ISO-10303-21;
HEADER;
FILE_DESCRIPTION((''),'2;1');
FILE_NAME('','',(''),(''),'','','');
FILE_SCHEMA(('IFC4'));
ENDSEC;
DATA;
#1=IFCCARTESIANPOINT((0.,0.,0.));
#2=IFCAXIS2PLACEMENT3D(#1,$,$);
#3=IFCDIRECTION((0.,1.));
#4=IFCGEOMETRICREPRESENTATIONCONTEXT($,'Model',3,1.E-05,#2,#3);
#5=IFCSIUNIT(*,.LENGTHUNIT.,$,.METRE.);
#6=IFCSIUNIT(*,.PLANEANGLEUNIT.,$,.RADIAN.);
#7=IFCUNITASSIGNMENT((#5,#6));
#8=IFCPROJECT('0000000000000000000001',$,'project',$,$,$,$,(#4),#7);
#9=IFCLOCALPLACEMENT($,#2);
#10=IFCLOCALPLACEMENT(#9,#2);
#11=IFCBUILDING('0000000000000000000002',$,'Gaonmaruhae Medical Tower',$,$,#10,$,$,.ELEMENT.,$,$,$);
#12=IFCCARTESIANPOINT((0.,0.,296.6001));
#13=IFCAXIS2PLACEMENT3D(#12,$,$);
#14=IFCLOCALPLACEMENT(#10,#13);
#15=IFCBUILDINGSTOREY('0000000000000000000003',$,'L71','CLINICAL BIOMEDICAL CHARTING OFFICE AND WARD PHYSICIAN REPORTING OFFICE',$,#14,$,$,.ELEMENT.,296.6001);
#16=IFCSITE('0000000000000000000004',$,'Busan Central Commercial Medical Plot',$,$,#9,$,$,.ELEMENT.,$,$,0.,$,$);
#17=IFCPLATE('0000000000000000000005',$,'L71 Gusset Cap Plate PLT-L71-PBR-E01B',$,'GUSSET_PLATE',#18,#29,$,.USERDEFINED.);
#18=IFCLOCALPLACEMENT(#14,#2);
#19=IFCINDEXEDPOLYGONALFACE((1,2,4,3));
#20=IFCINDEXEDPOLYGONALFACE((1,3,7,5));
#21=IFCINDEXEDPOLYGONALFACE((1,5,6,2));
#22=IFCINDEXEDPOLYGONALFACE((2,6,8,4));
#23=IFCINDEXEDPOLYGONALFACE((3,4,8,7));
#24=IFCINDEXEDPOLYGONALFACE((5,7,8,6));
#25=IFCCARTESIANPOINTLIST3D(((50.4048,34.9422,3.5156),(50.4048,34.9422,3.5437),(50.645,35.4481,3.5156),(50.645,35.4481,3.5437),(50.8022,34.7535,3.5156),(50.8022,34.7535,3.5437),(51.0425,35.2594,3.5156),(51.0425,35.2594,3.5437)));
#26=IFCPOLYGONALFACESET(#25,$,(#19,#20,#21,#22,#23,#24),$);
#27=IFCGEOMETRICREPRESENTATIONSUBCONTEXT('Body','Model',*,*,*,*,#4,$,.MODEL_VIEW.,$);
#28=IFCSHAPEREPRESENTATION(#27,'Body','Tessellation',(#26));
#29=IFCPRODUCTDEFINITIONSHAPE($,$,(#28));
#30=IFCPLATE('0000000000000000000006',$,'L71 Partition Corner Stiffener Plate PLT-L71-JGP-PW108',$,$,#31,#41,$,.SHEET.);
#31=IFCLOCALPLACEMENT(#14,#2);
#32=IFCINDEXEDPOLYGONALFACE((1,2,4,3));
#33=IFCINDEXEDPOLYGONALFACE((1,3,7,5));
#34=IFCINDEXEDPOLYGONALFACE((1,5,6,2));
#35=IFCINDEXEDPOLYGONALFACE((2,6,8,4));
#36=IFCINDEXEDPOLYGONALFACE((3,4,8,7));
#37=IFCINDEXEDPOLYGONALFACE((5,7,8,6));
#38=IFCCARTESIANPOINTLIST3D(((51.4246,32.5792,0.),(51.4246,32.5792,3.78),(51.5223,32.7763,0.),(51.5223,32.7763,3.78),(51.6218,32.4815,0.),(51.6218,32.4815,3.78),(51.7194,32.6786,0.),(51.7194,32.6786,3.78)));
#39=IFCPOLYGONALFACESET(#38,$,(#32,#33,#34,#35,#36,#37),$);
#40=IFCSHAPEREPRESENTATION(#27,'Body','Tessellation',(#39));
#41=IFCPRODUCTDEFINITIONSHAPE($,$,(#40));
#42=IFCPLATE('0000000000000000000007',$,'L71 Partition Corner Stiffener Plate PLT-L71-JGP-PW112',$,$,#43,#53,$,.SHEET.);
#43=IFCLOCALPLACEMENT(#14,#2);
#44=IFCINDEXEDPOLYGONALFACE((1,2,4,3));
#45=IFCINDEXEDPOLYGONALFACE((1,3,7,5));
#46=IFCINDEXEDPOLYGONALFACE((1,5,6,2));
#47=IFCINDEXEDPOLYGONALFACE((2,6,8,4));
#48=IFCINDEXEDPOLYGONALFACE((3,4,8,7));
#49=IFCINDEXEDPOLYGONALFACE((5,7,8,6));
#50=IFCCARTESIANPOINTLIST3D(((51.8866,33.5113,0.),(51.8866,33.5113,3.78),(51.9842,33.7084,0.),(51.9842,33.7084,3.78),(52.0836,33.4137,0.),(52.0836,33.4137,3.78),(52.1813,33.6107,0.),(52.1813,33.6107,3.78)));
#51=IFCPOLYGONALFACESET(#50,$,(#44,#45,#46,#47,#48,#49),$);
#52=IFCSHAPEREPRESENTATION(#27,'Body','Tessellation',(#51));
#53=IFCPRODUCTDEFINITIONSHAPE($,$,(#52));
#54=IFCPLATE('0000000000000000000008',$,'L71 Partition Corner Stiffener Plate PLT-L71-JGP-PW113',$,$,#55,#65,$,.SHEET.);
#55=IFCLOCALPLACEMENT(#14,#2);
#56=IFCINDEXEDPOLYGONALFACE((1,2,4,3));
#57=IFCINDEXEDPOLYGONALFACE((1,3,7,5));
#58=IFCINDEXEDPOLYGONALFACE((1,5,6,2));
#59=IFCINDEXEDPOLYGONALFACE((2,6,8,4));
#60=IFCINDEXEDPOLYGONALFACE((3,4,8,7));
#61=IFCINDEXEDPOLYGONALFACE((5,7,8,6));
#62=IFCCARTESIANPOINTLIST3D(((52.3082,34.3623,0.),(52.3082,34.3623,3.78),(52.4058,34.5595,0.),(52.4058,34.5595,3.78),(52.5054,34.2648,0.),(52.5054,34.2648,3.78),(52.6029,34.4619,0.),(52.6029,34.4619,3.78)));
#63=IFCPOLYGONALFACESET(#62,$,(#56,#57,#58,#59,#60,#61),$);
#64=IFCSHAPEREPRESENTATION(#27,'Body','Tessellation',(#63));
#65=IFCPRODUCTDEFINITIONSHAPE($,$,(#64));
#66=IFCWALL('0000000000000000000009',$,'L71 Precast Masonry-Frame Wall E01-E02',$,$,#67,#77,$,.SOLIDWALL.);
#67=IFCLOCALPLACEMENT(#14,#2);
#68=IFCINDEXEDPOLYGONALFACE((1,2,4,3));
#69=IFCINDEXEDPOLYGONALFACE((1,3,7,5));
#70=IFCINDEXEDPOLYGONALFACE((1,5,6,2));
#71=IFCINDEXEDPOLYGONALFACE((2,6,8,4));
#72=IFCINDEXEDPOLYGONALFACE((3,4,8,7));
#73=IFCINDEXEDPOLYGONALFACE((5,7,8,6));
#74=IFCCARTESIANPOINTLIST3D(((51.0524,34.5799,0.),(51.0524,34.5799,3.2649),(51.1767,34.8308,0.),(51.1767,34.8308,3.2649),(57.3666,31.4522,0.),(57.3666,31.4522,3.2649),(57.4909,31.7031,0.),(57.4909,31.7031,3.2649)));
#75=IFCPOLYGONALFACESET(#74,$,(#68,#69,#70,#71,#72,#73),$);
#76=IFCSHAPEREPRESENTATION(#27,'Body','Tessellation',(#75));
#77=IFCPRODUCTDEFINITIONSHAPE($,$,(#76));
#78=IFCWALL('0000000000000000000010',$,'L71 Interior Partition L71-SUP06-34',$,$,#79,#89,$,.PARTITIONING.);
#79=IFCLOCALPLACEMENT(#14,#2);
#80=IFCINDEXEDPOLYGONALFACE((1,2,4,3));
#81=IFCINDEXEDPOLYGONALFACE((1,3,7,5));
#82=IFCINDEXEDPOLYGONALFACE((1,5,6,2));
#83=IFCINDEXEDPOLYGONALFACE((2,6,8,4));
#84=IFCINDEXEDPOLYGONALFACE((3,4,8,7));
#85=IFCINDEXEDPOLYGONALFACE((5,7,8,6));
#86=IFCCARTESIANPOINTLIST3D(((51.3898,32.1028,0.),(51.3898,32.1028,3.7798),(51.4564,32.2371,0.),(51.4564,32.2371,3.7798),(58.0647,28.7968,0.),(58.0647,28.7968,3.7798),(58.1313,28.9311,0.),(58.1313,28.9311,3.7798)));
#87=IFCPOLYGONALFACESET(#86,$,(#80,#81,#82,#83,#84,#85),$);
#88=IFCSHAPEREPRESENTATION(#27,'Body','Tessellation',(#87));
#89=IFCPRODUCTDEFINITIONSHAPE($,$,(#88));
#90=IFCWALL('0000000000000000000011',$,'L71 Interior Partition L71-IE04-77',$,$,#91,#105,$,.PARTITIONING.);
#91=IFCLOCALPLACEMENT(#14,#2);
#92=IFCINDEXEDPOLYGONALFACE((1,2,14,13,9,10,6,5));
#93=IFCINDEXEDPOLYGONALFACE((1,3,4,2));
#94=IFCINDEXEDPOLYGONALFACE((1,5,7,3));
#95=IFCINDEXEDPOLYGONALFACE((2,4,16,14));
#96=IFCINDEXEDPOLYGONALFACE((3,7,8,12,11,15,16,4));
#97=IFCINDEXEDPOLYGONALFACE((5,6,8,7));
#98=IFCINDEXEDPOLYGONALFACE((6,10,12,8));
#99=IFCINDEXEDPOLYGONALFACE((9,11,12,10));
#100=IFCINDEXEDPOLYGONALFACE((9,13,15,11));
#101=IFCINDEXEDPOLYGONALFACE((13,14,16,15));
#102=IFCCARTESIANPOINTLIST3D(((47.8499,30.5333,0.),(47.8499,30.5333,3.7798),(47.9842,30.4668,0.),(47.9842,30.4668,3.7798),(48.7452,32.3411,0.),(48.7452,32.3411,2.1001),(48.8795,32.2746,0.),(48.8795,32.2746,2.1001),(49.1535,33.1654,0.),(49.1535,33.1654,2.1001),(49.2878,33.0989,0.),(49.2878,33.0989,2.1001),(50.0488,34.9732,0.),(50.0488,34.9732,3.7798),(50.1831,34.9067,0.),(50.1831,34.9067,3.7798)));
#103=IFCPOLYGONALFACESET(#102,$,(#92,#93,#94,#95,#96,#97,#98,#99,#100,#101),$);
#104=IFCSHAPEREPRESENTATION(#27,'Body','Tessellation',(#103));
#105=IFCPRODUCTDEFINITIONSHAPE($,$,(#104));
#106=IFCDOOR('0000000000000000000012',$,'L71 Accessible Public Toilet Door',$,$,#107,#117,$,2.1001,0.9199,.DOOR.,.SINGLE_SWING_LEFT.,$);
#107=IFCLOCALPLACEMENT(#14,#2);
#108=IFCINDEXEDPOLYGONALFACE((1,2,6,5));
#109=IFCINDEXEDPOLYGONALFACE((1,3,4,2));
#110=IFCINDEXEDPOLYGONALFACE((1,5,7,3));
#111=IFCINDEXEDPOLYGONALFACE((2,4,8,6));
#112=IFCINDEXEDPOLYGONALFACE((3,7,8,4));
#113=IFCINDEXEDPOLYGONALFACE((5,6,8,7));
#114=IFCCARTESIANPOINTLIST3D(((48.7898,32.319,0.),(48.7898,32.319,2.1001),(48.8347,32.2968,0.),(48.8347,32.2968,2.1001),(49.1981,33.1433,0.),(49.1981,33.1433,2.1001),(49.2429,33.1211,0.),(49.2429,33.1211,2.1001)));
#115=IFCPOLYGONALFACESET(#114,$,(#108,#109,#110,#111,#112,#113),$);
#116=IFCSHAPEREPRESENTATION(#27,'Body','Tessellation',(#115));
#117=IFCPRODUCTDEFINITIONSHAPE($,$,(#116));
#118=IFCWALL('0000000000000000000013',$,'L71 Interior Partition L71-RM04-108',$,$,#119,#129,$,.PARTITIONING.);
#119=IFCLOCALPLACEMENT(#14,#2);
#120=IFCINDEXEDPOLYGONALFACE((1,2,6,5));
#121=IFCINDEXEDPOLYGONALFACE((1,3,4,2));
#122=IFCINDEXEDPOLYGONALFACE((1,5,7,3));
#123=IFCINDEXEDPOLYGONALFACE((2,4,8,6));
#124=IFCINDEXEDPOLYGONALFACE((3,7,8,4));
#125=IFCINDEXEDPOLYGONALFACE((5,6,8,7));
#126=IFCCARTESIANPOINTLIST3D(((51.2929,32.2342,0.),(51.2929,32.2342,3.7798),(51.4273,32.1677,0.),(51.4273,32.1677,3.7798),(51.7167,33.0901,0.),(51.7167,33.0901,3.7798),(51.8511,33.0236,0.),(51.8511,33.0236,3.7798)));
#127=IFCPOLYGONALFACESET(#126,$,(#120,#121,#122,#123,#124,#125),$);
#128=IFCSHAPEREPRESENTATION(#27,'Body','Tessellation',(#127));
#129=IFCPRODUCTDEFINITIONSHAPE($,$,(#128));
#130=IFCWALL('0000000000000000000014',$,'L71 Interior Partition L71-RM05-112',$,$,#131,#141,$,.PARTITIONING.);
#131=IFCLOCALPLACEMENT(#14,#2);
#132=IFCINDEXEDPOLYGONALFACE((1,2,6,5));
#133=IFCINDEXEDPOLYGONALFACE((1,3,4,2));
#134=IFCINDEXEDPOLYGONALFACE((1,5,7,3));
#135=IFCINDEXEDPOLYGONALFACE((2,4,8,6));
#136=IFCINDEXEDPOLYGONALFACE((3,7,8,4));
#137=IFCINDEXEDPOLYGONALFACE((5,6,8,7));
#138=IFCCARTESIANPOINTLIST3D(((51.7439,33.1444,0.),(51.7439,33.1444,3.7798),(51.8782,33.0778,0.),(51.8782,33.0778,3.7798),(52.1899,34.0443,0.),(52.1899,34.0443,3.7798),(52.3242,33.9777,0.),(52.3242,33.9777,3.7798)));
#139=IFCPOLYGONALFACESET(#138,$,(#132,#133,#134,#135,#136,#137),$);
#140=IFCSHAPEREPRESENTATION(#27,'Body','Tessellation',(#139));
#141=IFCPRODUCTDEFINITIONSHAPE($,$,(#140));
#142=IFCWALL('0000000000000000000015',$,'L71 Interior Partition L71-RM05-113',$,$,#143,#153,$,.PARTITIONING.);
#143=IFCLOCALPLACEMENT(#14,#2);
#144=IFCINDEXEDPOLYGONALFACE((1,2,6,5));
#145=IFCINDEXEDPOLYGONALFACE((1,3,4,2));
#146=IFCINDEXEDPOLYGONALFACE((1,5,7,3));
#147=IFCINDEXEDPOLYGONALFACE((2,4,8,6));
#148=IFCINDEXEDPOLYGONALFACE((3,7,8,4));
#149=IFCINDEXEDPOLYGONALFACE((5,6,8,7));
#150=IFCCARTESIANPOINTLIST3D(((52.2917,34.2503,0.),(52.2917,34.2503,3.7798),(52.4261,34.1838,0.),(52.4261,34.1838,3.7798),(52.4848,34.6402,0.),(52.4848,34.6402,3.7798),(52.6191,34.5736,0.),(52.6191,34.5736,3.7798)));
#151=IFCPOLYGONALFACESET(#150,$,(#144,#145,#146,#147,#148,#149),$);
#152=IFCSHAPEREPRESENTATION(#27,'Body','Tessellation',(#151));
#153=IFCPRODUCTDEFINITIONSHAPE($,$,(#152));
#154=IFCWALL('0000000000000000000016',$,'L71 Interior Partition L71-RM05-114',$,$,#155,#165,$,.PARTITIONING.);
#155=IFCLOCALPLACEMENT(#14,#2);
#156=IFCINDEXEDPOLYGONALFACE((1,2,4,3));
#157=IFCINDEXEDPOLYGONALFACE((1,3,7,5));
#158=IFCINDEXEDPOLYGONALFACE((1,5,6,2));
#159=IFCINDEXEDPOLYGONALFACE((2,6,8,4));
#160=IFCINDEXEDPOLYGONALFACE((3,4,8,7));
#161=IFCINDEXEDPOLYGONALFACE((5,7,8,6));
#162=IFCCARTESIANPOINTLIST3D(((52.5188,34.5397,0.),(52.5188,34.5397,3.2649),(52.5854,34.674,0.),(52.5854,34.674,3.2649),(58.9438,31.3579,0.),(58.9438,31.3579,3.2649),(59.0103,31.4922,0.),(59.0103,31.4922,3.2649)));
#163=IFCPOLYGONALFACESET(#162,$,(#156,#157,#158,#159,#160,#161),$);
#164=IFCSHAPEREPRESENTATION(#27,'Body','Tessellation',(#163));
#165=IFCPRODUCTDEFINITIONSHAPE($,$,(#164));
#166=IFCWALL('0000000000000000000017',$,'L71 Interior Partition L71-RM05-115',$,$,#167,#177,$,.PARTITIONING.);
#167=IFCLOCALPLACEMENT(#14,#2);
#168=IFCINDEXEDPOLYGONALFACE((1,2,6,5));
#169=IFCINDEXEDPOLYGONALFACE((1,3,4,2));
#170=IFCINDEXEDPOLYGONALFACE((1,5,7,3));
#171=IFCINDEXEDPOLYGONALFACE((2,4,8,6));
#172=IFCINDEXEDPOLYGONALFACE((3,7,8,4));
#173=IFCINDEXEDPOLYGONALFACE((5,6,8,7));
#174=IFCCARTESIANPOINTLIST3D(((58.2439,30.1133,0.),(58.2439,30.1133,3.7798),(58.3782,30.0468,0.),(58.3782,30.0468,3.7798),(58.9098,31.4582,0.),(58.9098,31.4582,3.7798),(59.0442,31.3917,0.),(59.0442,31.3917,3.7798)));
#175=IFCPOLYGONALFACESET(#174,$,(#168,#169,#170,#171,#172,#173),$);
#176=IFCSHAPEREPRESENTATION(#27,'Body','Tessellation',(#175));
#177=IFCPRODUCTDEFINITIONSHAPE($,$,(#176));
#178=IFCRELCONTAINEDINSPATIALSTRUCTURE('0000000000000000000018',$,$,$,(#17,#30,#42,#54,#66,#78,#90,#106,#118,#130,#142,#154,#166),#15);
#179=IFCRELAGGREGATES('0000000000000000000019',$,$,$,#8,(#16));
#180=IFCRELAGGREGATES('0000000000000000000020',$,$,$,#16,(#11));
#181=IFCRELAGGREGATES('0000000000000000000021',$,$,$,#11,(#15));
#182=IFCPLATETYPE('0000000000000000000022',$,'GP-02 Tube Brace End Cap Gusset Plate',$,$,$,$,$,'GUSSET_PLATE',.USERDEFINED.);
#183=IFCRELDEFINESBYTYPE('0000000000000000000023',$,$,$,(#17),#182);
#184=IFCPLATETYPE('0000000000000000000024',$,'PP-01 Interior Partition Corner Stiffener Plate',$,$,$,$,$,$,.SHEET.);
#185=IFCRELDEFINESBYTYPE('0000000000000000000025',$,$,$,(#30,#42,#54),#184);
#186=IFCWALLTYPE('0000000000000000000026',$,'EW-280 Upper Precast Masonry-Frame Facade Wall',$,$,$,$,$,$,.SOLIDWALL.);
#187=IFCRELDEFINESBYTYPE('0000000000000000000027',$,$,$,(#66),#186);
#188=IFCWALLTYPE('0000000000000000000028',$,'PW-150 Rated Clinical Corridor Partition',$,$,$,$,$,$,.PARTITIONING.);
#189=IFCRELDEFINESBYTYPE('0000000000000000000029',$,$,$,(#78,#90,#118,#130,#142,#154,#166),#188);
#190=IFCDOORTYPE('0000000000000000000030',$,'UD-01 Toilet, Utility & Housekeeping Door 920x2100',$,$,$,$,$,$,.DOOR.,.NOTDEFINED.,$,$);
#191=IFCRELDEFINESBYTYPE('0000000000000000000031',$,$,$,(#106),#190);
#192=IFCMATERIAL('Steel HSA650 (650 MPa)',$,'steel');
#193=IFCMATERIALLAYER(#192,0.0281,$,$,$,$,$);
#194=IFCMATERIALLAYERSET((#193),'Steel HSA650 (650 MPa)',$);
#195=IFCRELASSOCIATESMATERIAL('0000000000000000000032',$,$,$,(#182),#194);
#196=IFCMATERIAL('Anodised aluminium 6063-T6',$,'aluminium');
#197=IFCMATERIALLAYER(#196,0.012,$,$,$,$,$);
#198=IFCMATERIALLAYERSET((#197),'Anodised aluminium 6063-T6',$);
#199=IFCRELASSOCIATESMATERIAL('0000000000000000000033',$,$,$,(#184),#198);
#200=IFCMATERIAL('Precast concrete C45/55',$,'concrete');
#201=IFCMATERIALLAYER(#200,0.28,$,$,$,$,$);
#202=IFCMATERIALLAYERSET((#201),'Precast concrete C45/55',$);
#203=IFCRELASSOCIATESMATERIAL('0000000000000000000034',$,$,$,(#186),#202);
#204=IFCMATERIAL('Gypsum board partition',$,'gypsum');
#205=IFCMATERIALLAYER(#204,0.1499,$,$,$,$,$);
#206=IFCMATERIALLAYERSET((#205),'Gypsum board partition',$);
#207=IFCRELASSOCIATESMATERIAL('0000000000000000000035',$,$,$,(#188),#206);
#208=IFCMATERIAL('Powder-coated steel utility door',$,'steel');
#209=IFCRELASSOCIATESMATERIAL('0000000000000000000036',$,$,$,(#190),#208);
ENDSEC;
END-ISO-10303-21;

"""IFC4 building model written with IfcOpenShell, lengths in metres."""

from ifc_helpers import new_model, si_unit, direction, frame, frame_2d, origin, origin_2d, place, context, subcontext, project, spatial, rectangle, extrude, material, layer, layer_set, type_object, element, fill, save


model = new_model("IFC4")

# Units and contexts
model_context = context("Model", 3, precision=1e-05, world=origin(), true_north=direction((0.0, 1.0)))
body_context = subcontext(model_context, "Body", "Model", "MODEL_VIEW")
ifc_project = project(units=[si_unit("LENGTHUNIT", "METRE"), si_unit("PLANEANGLEUNIT", "RADIAN")], contexts=[model_context])

# Site, building, storey
site_placement = place(None, origin())
site = spatial("IfcSite", under=ifc_project, at=site_placement, Name="Busan Central Commercial Medical Plot", CompositionType="ELEMENT", RefElevation=0.0)
building_placement = place(site_placement, origin())
building = spatial("IfcBuilding", under=site, at=building_placement, Name="Gaonmaruhae Medical Tower", CompositionType="ELEMENT")
storey_placement = place(building_placement, frame((0.0, 0.0, 296.6001)))
storey = spatial("IfcBuildingStorey", under=building, at=storey_placement, Name="L71", Description="CLINICAL BIOMEDICAL CHARTING OFFICE AND WARD PHYSICIAN REPORTING OFFICE", CompositionType="ELEMENT", Elevation=296.6001)

# Plates
ifc_material_1 = material(Name="Steel HSA650 (650 MPa)", Category="steel")
ifc_layer_1 = layer(ifc_material_1, 0.0281)
ifc_layer_set_1 = layer_set([ifc_layer_1], Name="Steel HSA650 (650 MPa)")
plate_type_1 = type_object("IfcPlateType", Name="GP-02 Tube Brace End Cap Gusset Plate", ElementType="GUSSET_PLATE", PredefinedType="USERDEFINED", material=ifc_layer_set_1)
for number, where, z_axis, x_axis, name in (
    (1, (50.7236, 35.1008, 3.5156), (0.0, 0.0, 1.0), (0.428935, 0.903335, 0.0), "L71 Gusset Cap Plate PLT-L71-PBR-E01B"),
):
    element("IfcPlate", number, at=place(storey_placement, frame(where, z_axis=z_axis, x_axis=x_axis)), inside=storey, type_object=plate_type_1, Name=name, ObjectType="GUSSET_PLATE", PredefinedType="USERDEFINED", context=body_context, shape_type="SweptSolid", body=[
        extrude(rectangle(XDim=0.5601, YDim=0.4399, at=origin_2d()), origin(), (0.0, 0.0, 1.0), 0.0281),
    ])
ifc_material_2 = material(Name="Anodised aluminium 6063-T6", Category="aluminium")
ifc_layer_2 = layer(ifc_material_2, 0.012)
ifc_layer_set_2 = layer_set([ifc_layer_2], Name="Anodised aluminium 6063-T6")
plate_type_2 = type_object("IfcPlateType", Name="PP-01 Interior Partition Corner Stiffener Plate", PredefinedType="SHEET", material=ifc_layer_set_2)
for number, where, z_axis, x_axis, name in (
    (2, (51.572, 32.6289, 0.0), (0.0, 0.0, 1.0), (0.443853, 0.896099, 0.0), "L71 Partition Corner Stiffener Plate PLT-L71-JGP-PW108"),
    (3, (52.0339, 33.561, 0.0), (0.0, 0.0, 1.0), (0.444025, 0.896014, 0.0), "L71 Partition Corner Stiffener Plate PLT-L71-JGP-PW112"),
    (4, (52.4556, 34.4121, 0.0), (0.0, 0.0, 1.0), (0.443541, 0.896254, 0.0), "L71 Partition Corner Stiffener Plate PLT-L71-JGP-PW113"),
):
    element("IfcPlate", number, at=place(storey_placement, frame(where, z_axis=z_axis, x_axis=x_axis)), inside=storey, type_object=plate_type_2, Name=name, PredefinedType="SHEET", context=body_context, shape_type="SweptSolid", body=[
        extrude(rectangle(XDim=0.22, YDim=0.22, at=origin_2d()), origin(), (0.0, 0.0, 1.0), 3.78),
    ])

# Walls
ifc_material_3 = material(Name="Precast concrete C45/55", Category="concrete")
ifc_layer_3 = layer(ifc_material_3, 0.28)
ifc_layer_set_3 = layer_set([ifc_layer_3], Name="Precast concrete C45/55")
wall_type_1 = type_object("IfcWallType", Name="EW-280 Upper Precast Masonry-Frame Facade Wall", PredefinedType="SOLIDWALL", material=ifc_layer_set_3)
wall_1_placement = place(storey_placement, frame((51.1145, 34.7053, 0.0), z_axis=(0.0, 0.0, 1.0), x_axis=(0.896091, -0.44387, 0.0)))
element("IfcWall", 5, at=wall_1_placement, inside=storey, type_object=wall_type_1, Name="L71 Precast Masonry-Frame Wall E01-E02", PredefinedType="SOLIDWALL", context=body_context, shape_type="SweptSolid", body=[
    extrude(rectangle(XDim=7.0464, YDim=0.28, at=frame_2d((3.5232, 0.0))), origin(), (0.0, 0.0, 1.0), 3.2649),
])
ifc_material_4 = material(Name="Gypsum board partition", Category="gypsum")
ifc_layer_4 = layer(ifc_material_4, 0.1499)
ifc_layer_set_4 = layer_set([ifc_layer_4], Name="Gypsum board partition")
wall_type_2 = type_object("IfcWallType", Name="PW-150 Rated Clinical Corridor Partition", PredefinedType="PARTITIONING", material=ifc_layer_set_4)
wall_2_placement = place(storey_placement, frame((51.4231, 32.1699, 0.0), z_axis=(0.0, 0.0, 1.0), x_axis=(0.896112, -0.443828, 0.0)))
element("IfcWall", 6, at=wall_2_placement, inside=storey, type_object=wall_type_2, Name="L71 Interior Partition L71-SUP06-34", PredefinedType="PARTITIONING", context=body_context, shape_type="SweptSolid", body=[
    extrude(rectangle(XDim=7.4487, YDim=0.1499, at=frame_2d((3.7244, 0.0))), origin(), (0.0, 0.0, 1.0), 3.7798),
])

# Wall, opening, door
wall_3_placement = place(storey_placement, frame((50.116, 34.9399, 0.0), z_axis=(0.0, 0.0, 1.0), x_axis=(-0.44382, -0.896116, 0.0)))
wall_3 = element("IfcWall", 7, at=wall_3_placement, inside=storey, type_object=wall_type_2, Name="L71 Interior Partition L71-IE04-77", PredefinedType="PARTITIONING", context=body_context, shape_type="SweptSolid", body=[
    extrude(rectangle(XDim=4.9546, YDim=0.1499, at=frame_2d((2.4773, 0.0))), origin(), (0.0, 0.0, 1.0), 3.7798),
])
opening_placement = place(wall_3_placement, frame((2.0173, 0.0, 0.0)))
opening = element("IfcOpeningElement", 8, at=opening_placement, cuts=wall_3, PredefinedType="OPENING", context=body_context, shape_type="SweptSolid", body=[
    extrude(rectangle(XDim=0.9199, YDim=2.1001, at=frame_2d((0.46, 1.05))), frame((0.0, 0.085, 0.0), z_axis=(0.0, -1.0, 0.0), x_axis=(1.0, 0.0, 0.0)), (0.0, 0.0, 1.0), 0.1699),
])
ifc_material_5 = material(Name="Powder-coated steel utility door", Category="steel")
door_type = type_object("IfcDoorType", Name="UD-01 Toilet, Utility & Housekeeping Door 920x2100", OperationType="NOTDEFINED", PredefinedType="DOOR", material=ifc_material_5)
door_placement = place(opening_placement, origin())
door = element("IfcDoor", 9, at=door_placement, inside=storey, type_object=door_type, Name="L71 Accessible Public Toilet Door", OperationType="SINGLE_SWING_LEFT", OverallHeight=2.1001, OverallWidth=0.9199, PredefinedType="DOOR", context=body_context, shape_type="SweptSolid", body=[
    extrude(rectangle(XDim=0.9199, YDim=2.1001, at=frame_2d((0.46, 1.05))), frame((0.0, 0.0249, 0.0), z_axis=(0.0, -1.0, 0.0), x_axis=(1.0, 0.0, 0.0)), (0.0, 0.0, 1.0), 0.05),
])
fill(opening, door)

# Walls
wall_4_placement = place(storey_placement, frame((51.3601, 32.2009, 0.0), z_axis=(0.0, 0.0, 1.0), x_axis=(0.443734, 0.896159, 0.0)))
element("IfcWall", 10, at=wall_4_placement, inside=storey, type_object=wall_type_2, Name="L71 Interior Partition L71-RM04-108", PredefinedType="PARTITIONING", context=body_context, shape_type="SweptSolid", body=[
    extrude(rectangle(XDim=0.9551, YDim=0.1499, at=frame_2d((0.4775, 0.0))), origin(), (0.0, 0.0, 1.0), 3.7798),
])
wall_5_placement = place(storey_placement, frame((51.811, 33.1111, 0.0), z_axis=(0.0, 0.0, 1.0), x_axis=(0.4441, 0.895977, 0.0)))
element("IfcWall", 11, at=wall_5_placement, inside=storey, type_object=wall_type_2, Name="L71 Interior Partition L71-RM05-112", PredefinedType="PARTITIONING", context=body_context, shape_type="SweptSolid", body=[
    extrude(rectangle(XDim=1.0044, YDim=0.1499, at=frame_2d((0.5022, 0.0))), origin(), (0.0, 0.0, 1.0), 3.7798),
])
wall_6_placement = place(storey_placement, frame((52.3589, 34.217, 0.0), z_axis=(0.0, 0.0, 1.0), x_axis=(0.443844, 0.896104, 0.0)))
element("IfcWall", 12, at=wall_6_placement, inside=storey, type_object=wall_type_2, Name="L71 Interior Partition L71-RM05-113", PredefinedType="PARTITIONING", context=body_context, shape_type="SweptSolid", body=[
    extrude(rectangle(XDim=0.4351, YDim=0.1499, at=frame_2d((0.2175, 0.0))), origin(), (0.0, 0.0, 1.0), 3.7798),
])
wall_7_placement = place(storey_placement, frame((52.552, 34.6069, 0.0), z_axis=(0.0, 0.0, 1.0), x_axis=(0.89613, -0.443792, 0.0)))
element("IfcWall", 13, at=wall_7_placement, inside=storey, type_object=wall_type_2, Name="L71 Interior Partition L71-RM05-114", PredefinedType="PARTITIONING", context=body_context, shape_type="SweptSolid", body=[
    extrude(rectangle(XDim=7.1697, YDim=0.1499, at=frame_2d((3.585, 0.0))), origin(), (0.0, 0.0, 1.0), 3.2649),
])
wall_8_placement = place(storey_placement, frame((58.9771, 31.425, 0.0), z_axis=(0.0, 0.0, 1.0), x_axis=(-0.443762, -0.896145, 0.0)))
element("IfcWall", 14, at=wall_8_placement, inside=storey, type_object=wall_type_2, Name="L71 Interior Partition L71-RM05-115", PredefinedType="PARTITIONING", context=body_context, shape_type="SweptSolid", body=[
    extrude(rectangle(XDim=1.5007, YDim=0.1499, at=frame_2d((0.7505, 0.0))), origin(), (0.0, 0.0, 1.0), 3.7798),
])

save(model, "model.ifc")
